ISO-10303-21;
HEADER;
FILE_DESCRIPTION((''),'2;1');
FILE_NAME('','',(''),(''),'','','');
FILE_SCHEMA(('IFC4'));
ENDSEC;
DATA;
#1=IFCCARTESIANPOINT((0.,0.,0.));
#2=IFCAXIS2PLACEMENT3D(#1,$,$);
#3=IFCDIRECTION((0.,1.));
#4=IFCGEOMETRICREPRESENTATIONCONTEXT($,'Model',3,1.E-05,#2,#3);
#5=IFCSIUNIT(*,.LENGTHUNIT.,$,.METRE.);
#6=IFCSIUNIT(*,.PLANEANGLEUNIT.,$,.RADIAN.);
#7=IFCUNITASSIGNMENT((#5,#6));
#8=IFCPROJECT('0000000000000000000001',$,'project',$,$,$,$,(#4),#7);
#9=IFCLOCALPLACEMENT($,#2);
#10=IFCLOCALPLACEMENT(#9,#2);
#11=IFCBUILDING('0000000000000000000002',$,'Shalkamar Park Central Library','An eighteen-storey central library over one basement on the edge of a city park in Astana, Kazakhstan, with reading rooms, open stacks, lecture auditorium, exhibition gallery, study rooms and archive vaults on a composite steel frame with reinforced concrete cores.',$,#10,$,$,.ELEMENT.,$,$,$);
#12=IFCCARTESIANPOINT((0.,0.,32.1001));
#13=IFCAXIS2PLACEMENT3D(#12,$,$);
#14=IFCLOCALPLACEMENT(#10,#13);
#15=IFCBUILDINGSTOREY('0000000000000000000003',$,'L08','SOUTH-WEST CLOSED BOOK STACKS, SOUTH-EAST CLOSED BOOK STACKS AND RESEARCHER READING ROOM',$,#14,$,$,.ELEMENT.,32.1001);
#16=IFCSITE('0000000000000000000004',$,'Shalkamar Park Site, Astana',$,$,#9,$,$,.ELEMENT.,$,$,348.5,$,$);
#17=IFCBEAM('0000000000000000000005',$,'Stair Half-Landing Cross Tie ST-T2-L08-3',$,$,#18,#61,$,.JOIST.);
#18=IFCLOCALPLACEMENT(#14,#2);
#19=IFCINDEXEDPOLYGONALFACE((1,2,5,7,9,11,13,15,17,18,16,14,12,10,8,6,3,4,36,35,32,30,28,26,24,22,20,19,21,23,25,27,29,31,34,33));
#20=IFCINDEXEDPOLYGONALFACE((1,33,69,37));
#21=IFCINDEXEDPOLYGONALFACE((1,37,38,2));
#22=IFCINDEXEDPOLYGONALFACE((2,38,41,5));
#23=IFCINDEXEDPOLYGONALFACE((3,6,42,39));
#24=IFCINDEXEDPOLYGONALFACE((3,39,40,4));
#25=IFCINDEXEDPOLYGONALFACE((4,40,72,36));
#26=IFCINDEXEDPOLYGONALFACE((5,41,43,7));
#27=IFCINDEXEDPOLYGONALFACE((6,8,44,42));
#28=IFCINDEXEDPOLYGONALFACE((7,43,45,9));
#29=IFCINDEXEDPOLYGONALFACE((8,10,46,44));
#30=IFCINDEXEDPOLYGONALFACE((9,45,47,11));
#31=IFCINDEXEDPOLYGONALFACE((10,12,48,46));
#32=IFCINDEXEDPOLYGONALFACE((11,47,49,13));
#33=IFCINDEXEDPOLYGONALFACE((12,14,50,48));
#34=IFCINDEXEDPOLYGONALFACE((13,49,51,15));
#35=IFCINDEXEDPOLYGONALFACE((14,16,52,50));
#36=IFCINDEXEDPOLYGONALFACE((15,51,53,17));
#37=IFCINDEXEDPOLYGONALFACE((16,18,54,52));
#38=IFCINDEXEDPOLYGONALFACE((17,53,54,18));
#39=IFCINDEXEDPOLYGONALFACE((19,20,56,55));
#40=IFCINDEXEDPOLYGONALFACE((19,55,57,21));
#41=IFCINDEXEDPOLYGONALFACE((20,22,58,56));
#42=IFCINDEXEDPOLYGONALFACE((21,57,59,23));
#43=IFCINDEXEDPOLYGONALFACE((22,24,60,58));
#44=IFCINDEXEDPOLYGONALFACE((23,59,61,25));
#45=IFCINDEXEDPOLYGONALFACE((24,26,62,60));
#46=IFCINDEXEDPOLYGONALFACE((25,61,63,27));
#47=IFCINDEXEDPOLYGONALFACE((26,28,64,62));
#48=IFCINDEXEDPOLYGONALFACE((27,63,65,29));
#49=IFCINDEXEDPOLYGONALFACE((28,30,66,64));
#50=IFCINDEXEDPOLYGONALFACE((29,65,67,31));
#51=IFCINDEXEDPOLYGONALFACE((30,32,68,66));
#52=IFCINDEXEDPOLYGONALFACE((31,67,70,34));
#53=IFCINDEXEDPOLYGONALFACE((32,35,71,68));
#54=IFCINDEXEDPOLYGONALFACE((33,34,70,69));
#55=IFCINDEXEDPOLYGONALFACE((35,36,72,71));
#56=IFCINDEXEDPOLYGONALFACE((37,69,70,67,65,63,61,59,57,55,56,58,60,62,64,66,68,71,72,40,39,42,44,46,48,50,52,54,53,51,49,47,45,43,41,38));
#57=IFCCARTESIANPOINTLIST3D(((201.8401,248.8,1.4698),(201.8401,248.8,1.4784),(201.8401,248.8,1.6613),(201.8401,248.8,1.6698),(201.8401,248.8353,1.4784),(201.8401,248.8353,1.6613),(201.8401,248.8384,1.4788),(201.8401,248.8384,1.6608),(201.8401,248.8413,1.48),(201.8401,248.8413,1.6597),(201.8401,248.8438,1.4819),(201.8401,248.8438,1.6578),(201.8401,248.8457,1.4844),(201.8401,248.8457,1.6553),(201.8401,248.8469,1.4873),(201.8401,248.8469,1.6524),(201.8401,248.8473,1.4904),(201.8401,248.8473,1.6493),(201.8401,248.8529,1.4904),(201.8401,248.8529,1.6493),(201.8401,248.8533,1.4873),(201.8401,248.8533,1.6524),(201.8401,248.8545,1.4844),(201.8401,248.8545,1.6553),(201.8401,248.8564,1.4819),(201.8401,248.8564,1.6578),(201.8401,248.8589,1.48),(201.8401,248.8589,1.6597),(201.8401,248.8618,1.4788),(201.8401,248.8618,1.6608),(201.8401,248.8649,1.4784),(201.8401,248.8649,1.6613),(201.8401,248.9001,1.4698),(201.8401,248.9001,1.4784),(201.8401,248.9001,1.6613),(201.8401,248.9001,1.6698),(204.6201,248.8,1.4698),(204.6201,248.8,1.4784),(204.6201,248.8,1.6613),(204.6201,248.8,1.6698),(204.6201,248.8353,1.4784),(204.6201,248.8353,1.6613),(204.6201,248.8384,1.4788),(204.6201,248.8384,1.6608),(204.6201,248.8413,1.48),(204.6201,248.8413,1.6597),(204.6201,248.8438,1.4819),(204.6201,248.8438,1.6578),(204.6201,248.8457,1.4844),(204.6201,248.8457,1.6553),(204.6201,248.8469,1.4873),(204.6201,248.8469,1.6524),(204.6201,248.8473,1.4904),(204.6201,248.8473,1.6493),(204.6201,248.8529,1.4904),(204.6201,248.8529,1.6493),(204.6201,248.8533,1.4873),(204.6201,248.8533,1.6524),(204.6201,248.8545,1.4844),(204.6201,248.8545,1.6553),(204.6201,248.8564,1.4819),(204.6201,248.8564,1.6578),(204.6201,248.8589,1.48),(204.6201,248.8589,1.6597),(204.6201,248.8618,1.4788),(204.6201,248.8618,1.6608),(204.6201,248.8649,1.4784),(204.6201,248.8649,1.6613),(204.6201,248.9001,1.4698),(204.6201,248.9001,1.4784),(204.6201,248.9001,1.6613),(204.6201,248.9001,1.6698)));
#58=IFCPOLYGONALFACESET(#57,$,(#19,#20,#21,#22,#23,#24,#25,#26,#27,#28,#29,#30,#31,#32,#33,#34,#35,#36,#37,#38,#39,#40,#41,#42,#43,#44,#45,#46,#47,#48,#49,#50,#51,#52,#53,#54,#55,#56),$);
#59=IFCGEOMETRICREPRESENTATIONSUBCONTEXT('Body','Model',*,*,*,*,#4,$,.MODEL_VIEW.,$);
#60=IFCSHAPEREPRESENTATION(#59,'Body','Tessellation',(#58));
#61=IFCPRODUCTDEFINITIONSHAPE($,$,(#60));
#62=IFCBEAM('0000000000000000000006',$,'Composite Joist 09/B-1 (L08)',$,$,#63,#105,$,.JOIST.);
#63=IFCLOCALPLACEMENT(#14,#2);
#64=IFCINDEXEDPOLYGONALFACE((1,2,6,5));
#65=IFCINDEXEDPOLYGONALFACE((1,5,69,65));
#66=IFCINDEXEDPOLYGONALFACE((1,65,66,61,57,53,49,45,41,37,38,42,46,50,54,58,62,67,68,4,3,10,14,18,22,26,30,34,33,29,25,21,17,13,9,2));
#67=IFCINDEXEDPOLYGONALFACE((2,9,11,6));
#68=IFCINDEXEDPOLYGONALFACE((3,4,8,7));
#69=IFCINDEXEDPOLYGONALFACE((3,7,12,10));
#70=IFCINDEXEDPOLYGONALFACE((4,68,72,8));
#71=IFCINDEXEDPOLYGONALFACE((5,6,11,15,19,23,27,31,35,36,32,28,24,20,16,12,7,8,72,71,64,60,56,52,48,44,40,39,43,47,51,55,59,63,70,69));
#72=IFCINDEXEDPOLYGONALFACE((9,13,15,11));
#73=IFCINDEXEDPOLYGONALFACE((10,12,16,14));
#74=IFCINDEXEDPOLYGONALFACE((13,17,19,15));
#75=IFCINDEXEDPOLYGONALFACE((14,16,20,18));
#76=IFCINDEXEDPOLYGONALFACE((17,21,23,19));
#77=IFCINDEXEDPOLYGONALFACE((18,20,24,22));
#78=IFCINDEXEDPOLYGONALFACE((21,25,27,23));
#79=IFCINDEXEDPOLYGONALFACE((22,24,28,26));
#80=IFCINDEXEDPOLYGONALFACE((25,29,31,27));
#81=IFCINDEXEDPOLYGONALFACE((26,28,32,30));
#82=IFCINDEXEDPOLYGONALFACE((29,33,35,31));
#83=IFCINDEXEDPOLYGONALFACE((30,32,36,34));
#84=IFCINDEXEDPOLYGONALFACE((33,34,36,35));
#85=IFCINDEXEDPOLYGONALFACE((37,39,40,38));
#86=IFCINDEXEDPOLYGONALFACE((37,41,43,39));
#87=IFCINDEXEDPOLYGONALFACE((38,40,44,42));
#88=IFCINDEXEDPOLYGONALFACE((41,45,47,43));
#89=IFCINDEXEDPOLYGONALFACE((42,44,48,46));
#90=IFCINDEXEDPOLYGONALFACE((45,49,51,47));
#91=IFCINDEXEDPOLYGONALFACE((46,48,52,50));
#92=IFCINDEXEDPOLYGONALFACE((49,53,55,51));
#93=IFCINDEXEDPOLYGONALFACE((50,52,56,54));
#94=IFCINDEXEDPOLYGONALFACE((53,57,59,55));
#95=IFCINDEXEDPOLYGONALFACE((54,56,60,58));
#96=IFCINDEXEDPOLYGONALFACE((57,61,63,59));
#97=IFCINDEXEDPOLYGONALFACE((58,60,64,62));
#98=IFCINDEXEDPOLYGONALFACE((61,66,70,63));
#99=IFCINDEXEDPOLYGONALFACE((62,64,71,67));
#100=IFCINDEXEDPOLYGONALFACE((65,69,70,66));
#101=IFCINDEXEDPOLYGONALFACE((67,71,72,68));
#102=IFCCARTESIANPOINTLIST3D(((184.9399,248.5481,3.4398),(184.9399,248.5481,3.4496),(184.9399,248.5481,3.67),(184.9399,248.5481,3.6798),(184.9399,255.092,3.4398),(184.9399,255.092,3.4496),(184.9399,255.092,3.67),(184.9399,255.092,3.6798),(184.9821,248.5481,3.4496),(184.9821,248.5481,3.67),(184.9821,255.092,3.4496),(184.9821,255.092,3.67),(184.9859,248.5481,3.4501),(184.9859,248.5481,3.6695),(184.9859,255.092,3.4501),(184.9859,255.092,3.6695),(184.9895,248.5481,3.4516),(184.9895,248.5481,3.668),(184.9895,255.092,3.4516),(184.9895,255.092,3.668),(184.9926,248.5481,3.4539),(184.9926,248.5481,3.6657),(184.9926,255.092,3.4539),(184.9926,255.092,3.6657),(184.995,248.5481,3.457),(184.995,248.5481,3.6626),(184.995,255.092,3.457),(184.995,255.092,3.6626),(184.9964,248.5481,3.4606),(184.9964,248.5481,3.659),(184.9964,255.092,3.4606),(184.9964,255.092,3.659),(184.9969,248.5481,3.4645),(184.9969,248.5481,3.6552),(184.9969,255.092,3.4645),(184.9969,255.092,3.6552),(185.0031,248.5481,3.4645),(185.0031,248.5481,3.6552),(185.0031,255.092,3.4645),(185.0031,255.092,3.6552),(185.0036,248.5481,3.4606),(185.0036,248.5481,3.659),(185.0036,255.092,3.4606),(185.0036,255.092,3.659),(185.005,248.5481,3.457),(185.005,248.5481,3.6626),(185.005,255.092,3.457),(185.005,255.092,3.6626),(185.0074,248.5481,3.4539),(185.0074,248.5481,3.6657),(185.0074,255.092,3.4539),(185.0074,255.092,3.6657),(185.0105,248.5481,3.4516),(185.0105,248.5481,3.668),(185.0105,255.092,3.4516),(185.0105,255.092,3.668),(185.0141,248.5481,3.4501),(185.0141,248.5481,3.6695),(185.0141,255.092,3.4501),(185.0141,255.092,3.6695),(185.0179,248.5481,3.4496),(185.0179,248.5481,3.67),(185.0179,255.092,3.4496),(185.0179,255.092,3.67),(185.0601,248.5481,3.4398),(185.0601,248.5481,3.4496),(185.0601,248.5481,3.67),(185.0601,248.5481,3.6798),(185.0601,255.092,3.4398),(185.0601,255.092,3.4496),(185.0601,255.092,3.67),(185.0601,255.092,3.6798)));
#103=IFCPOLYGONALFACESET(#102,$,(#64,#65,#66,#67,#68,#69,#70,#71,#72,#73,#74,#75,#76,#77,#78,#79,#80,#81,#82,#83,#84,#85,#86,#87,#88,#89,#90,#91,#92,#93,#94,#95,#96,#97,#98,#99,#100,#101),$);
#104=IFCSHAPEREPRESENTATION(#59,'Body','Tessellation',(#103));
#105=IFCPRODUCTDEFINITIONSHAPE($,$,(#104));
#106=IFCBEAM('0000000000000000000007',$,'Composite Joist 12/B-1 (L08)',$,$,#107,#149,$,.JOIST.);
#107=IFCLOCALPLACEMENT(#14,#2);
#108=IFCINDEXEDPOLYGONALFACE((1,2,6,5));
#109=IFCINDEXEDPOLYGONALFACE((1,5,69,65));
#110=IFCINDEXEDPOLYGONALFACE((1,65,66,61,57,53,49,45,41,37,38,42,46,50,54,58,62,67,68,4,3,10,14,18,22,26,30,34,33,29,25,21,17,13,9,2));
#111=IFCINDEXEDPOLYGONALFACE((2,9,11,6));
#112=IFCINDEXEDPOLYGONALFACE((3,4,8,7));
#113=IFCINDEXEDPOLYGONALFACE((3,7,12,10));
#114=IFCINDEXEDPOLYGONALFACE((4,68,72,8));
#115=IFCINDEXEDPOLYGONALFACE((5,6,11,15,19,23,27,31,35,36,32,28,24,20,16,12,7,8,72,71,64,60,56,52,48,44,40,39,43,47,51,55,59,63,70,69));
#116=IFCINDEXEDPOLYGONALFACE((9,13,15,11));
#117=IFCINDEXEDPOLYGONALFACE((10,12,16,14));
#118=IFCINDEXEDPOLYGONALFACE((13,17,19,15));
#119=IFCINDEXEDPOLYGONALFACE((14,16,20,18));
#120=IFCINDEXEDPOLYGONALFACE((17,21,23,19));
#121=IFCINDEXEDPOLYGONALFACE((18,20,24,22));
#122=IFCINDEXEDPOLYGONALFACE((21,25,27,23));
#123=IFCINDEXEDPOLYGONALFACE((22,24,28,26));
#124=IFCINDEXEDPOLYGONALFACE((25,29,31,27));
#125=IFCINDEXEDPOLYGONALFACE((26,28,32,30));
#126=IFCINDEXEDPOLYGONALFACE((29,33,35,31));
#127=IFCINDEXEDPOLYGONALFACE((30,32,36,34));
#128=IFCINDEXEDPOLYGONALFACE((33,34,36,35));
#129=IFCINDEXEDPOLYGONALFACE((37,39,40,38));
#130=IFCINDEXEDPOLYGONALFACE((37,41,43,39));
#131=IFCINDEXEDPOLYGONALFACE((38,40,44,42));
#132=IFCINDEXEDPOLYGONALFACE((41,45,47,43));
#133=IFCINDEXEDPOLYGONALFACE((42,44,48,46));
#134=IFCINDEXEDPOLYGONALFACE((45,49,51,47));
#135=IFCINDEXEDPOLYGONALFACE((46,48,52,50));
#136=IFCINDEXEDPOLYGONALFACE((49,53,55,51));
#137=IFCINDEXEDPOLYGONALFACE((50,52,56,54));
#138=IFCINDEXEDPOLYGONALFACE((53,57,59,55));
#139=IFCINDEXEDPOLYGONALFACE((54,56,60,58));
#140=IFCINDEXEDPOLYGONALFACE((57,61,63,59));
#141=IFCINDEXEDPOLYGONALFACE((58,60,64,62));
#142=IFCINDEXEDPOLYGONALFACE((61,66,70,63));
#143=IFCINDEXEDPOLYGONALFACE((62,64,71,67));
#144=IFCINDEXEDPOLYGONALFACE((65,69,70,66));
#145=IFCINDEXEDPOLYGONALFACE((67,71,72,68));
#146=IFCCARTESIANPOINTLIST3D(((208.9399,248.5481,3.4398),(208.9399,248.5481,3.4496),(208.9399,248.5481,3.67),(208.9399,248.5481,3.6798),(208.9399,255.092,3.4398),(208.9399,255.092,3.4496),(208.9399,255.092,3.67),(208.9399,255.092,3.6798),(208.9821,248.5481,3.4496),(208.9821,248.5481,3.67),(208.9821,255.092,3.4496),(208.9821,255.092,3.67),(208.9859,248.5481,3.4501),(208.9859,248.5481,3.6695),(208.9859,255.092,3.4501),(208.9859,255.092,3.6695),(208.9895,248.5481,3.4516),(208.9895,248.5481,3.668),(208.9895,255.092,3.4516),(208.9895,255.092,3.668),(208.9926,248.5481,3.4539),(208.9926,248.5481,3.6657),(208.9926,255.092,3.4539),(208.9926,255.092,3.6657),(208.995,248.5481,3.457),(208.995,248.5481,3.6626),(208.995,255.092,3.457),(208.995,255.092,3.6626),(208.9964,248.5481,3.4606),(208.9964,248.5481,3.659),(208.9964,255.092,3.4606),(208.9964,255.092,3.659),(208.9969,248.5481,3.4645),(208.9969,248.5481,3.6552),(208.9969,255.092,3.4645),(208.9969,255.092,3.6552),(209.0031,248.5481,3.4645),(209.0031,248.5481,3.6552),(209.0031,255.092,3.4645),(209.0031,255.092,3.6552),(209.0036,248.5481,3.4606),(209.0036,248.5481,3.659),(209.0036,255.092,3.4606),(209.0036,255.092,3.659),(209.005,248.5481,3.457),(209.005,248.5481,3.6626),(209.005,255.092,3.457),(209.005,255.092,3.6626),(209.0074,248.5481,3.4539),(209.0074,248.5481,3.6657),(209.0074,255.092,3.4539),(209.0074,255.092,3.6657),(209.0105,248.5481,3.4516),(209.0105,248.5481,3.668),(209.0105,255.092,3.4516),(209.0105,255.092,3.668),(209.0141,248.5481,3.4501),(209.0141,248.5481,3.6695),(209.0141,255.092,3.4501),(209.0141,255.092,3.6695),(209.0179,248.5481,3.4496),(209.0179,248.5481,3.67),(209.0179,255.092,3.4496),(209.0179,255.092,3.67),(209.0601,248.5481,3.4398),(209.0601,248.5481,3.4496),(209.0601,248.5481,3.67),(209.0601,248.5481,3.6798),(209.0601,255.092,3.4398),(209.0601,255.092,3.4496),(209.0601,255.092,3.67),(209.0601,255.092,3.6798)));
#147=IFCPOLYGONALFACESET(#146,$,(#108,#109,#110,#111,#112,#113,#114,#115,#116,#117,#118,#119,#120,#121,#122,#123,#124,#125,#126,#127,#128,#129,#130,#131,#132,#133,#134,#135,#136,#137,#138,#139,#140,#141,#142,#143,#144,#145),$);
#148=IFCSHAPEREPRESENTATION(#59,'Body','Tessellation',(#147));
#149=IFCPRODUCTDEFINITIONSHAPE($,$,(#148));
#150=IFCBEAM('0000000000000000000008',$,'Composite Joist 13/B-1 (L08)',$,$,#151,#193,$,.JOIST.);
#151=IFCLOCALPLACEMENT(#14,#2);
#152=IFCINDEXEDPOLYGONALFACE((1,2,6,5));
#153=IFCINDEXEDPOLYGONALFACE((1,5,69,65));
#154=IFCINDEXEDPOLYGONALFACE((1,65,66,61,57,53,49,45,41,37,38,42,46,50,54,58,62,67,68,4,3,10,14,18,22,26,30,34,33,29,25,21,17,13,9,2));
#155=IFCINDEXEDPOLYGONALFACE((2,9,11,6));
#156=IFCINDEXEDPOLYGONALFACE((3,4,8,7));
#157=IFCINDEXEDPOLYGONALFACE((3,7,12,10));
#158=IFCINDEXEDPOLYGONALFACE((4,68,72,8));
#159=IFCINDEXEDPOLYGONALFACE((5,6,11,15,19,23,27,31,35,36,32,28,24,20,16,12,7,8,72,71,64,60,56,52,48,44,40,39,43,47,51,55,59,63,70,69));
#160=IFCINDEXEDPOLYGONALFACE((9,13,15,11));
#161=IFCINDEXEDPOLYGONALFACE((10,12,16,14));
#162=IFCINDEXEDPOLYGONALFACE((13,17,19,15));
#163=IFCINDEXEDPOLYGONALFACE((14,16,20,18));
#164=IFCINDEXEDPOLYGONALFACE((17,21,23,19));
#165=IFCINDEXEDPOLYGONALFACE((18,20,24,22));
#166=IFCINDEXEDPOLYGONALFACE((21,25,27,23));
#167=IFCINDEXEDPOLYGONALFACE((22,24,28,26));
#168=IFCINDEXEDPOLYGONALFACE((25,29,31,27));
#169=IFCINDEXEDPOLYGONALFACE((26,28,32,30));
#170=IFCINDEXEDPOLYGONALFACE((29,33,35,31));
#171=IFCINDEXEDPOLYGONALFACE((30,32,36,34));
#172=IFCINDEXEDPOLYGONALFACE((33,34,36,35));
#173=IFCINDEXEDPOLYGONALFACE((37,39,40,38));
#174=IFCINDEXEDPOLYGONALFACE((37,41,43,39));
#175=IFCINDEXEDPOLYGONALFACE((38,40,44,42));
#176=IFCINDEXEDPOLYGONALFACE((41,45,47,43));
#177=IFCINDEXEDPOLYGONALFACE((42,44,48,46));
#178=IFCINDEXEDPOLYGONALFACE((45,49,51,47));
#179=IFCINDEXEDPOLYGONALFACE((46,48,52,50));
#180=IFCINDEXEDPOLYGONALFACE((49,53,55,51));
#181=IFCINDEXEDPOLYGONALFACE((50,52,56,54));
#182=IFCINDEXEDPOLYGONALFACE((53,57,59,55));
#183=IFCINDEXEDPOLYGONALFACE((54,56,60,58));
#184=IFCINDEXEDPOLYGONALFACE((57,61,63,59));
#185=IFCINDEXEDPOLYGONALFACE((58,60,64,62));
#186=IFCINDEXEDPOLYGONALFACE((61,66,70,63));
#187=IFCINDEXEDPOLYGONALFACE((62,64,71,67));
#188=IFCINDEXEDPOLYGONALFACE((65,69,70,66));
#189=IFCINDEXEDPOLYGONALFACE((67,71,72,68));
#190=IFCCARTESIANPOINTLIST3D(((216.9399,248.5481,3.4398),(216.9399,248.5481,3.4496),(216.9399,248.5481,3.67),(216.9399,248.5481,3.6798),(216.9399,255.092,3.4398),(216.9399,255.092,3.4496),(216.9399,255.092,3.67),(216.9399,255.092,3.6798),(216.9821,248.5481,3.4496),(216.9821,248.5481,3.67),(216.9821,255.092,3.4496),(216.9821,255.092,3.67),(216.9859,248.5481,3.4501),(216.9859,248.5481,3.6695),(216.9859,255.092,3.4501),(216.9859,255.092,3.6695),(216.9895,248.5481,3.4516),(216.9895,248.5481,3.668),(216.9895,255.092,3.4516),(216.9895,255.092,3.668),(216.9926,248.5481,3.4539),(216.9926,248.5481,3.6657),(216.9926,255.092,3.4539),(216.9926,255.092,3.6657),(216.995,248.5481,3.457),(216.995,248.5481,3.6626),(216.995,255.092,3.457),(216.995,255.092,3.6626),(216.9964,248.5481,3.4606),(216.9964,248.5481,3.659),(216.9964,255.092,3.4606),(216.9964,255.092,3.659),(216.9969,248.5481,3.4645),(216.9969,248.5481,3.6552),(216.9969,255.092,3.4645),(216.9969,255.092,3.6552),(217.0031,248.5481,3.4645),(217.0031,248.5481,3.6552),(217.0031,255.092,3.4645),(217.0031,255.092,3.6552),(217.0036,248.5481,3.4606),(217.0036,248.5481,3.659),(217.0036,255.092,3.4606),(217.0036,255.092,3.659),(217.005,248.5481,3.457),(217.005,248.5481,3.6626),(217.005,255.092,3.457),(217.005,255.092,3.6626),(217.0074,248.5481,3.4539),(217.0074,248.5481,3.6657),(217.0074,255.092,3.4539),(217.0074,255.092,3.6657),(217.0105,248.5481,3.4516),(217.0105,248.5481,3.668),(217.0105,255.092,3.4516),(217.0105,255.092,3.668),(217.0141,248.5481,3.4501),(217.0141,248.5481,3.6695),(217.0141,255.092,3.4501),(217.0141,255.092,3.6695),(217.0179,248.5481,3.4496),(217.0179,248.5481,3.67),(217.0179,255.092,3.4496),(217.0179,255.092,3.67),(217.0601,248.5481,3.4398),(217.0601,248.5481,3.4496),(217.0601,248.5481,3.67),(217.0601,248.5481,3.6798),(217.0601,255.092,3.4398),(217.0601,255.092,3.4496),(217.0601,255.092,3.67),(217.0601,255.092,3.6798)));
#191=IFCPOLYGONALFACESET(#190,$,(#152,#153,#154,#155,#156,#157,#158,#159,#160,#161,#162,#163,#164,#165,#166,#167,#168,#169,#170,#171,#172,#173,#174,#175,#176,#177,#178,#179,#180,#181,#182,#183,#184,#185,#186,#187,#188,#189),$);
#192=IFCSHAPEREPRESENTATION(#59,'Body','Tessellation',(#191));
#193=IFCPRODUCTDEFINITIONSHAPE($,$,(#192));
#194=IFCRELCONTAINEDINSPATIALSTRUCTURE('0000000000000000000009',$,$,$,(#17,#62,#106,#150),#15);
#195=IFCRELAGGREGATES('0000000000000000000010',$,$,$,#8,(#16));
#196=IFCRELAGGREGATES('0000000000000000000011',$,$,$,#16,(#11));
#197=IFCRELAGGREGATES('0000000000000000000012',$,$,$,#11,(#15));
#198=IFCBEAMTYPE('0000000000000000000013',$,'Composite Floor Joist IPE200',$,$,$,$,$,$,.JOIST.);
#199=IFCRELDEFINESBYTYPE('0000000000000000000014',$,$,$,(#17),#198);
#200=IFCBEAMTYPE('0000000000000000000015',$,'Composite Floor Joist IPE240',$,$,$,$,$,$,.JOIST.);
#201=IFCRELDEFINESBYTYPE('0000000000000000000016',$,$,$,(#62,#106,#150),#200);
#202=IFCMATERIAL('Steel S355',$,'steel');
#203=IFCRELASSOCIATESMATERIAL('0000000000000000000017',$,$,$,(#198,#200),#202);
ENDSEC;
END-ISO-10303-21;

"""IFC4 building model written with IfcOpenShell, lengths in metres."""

from ifc_helpers import new_model, si_unit, direction, frame, origin, origin_2d, place, context, subcontext, project, spatial, i_section, extrude, material, material_profile, profile_set, type_object, element, save


model = new_model("IFC4")

# Units and contexts
model_context = context("Model", 3, precision=1e-05, world=origin(), true_north=direction((0.0, 1.0)))
body_context = subcontext(model_context, "Body", "Model", "MODEL_VIEW")
ifc_project = project(units=[si_unit("LENGTHUNIT", "METRE"), si_unit("PLANEANGLEUNIT", "RADIAN")], contexts=[model_context])

# Site, building, storey
site_placement = place(None, origin())
site = spatial("IfcSite", under=ifc_project, at=site_placement, Name="Shalkamar Park Site, Astana", CompositionType="ELEMENT", RefElevation=348.5)
building_placement = place(site_placement, origin())
building = spatial("IfcBuilding", under=site, at=building_placement, Name="Shalkamar Park Central Library", Description="An eighteen-storey central library over one basement on the edge of a city park in Astana, Kazakhstan, with reading rooms, open stacks, lecture auditorium, exhibition gallery, study rooms and archive vaults on a composite steel frame with reinforced concrete cores.", CompositionType="ELEMENT")
storey_placement = place(building_placement, frame((0.0, 0.0, 32.1001)))
storey = spatial("IfcBuildingStorey", under=building, at=storey_placement, Name="L08", Description="SOUTH-WEST CLOSED BOOK STACKS, SOUTH-EAST CLOSED BOOK STACKS AND RESEARCHER READING ROOM", CompositionType="ELEMENT", Elevation=32.1001)

# Beams
ifc_material_1 = material(Name="Steel S355", Category="steel")
ifc_material_profile_1 = material_profile(ifc_material_1, i_section(OverallWidth=0.1001, OverallDepth=0.2, WebThickness=0.0056, FlangeThickness=0.0085, FilletRadius=0.012, at=origin_2d()), Name="IPE 200")
ifc_profile_set_1 = profile_set([ifc_material_profile_1], Name="Steel S355")
beam_type_1 = type_object("IfcBeamType", Name="Composite Floor Joist IPE200", PredefinedType="JOIST", material=ifc_profile_set_1)
beam_1_placement = place(storey_placement, frame((201.8401, 248.8501, 1.5698), z_axis=(1.0, 0.0, 0.0), x_axis=(0.0, 1.0, 0.0)))
element("IfcBeam", 1, at=beam_1_placement, inside=storey, type_object=beam_type_1, Name="Stair Half-Landing Cross Tie ST-T2-L08-3", PredefinedType="JOIST", context=body_context, shape_type="SweptSolid", body=[
    extrude(i_section(OverallWidth=0.1001, OverallDepth=0.2, WebThickness=0.0056, FlangeThickness=0.0085, FilletRadius=0.012, at=origin_2d()), origin(), (0.0, 0.0, 1.0), 2.78),
])
ifc_material_profile_2 = material_profile(ifc_material_1, i_section(OverallWidth=0.1201, OverallDepth=0.24, WebThickness=0.0061, FlangeThickness=0.0098, FilletRadius=0.0149, at=origin_2d()), Name="IPE 240")
ifc_profile_set_2 = profile_set([ifc_material_profile_2], Name="Steel S355")
beam_type_2 = type_object("IfcBeamType", Name="Composite Floor Joist IPE240", PredefinedType="JOIST", material=ifc_profile_set_2)
for number, where, z_axis, x_axis, name in (
    (2, (185.0, 248.5481, 3.5598), (0.0, 1.0, 0.0), (-1.0, 0.0, 0.0), "Composite Joist 09/B-1 (L08)"),
    (3, (209.0, 248.5481, 3.5598), (0.0, 1.0, 0.0), (-1.0, 0.0, 0.0), "Composite Joist 12/B-1 (L08)"),
    (4, (217.0, 248.5481, 3.5598), (0.0, 1.0, 0.0), (-1.0, 0.0, 0.0), "Composite Joist 13/B-1 (L08)"),
):
    element("IfcBeam", number, at=place(storey_placement, frame(where, z_axis=z_axis, x_axis=x_axis)), inside=storey, type_object=beam_type_2, Name=name, PredefinedType="JOIST", context=body_context, shape_type="SweptSolid", body=[
        extrude(i_section(OverallWidth=0.1201, OverallDepth=0.24, WebThickness=0.0061, FlangeThickness=0.0098, FilletRadius=0.0149, at=origin_2d()), origin(), (0.0, 0.0, 1.0), 6.5439),
    ])

save(model, "model.ifc")
